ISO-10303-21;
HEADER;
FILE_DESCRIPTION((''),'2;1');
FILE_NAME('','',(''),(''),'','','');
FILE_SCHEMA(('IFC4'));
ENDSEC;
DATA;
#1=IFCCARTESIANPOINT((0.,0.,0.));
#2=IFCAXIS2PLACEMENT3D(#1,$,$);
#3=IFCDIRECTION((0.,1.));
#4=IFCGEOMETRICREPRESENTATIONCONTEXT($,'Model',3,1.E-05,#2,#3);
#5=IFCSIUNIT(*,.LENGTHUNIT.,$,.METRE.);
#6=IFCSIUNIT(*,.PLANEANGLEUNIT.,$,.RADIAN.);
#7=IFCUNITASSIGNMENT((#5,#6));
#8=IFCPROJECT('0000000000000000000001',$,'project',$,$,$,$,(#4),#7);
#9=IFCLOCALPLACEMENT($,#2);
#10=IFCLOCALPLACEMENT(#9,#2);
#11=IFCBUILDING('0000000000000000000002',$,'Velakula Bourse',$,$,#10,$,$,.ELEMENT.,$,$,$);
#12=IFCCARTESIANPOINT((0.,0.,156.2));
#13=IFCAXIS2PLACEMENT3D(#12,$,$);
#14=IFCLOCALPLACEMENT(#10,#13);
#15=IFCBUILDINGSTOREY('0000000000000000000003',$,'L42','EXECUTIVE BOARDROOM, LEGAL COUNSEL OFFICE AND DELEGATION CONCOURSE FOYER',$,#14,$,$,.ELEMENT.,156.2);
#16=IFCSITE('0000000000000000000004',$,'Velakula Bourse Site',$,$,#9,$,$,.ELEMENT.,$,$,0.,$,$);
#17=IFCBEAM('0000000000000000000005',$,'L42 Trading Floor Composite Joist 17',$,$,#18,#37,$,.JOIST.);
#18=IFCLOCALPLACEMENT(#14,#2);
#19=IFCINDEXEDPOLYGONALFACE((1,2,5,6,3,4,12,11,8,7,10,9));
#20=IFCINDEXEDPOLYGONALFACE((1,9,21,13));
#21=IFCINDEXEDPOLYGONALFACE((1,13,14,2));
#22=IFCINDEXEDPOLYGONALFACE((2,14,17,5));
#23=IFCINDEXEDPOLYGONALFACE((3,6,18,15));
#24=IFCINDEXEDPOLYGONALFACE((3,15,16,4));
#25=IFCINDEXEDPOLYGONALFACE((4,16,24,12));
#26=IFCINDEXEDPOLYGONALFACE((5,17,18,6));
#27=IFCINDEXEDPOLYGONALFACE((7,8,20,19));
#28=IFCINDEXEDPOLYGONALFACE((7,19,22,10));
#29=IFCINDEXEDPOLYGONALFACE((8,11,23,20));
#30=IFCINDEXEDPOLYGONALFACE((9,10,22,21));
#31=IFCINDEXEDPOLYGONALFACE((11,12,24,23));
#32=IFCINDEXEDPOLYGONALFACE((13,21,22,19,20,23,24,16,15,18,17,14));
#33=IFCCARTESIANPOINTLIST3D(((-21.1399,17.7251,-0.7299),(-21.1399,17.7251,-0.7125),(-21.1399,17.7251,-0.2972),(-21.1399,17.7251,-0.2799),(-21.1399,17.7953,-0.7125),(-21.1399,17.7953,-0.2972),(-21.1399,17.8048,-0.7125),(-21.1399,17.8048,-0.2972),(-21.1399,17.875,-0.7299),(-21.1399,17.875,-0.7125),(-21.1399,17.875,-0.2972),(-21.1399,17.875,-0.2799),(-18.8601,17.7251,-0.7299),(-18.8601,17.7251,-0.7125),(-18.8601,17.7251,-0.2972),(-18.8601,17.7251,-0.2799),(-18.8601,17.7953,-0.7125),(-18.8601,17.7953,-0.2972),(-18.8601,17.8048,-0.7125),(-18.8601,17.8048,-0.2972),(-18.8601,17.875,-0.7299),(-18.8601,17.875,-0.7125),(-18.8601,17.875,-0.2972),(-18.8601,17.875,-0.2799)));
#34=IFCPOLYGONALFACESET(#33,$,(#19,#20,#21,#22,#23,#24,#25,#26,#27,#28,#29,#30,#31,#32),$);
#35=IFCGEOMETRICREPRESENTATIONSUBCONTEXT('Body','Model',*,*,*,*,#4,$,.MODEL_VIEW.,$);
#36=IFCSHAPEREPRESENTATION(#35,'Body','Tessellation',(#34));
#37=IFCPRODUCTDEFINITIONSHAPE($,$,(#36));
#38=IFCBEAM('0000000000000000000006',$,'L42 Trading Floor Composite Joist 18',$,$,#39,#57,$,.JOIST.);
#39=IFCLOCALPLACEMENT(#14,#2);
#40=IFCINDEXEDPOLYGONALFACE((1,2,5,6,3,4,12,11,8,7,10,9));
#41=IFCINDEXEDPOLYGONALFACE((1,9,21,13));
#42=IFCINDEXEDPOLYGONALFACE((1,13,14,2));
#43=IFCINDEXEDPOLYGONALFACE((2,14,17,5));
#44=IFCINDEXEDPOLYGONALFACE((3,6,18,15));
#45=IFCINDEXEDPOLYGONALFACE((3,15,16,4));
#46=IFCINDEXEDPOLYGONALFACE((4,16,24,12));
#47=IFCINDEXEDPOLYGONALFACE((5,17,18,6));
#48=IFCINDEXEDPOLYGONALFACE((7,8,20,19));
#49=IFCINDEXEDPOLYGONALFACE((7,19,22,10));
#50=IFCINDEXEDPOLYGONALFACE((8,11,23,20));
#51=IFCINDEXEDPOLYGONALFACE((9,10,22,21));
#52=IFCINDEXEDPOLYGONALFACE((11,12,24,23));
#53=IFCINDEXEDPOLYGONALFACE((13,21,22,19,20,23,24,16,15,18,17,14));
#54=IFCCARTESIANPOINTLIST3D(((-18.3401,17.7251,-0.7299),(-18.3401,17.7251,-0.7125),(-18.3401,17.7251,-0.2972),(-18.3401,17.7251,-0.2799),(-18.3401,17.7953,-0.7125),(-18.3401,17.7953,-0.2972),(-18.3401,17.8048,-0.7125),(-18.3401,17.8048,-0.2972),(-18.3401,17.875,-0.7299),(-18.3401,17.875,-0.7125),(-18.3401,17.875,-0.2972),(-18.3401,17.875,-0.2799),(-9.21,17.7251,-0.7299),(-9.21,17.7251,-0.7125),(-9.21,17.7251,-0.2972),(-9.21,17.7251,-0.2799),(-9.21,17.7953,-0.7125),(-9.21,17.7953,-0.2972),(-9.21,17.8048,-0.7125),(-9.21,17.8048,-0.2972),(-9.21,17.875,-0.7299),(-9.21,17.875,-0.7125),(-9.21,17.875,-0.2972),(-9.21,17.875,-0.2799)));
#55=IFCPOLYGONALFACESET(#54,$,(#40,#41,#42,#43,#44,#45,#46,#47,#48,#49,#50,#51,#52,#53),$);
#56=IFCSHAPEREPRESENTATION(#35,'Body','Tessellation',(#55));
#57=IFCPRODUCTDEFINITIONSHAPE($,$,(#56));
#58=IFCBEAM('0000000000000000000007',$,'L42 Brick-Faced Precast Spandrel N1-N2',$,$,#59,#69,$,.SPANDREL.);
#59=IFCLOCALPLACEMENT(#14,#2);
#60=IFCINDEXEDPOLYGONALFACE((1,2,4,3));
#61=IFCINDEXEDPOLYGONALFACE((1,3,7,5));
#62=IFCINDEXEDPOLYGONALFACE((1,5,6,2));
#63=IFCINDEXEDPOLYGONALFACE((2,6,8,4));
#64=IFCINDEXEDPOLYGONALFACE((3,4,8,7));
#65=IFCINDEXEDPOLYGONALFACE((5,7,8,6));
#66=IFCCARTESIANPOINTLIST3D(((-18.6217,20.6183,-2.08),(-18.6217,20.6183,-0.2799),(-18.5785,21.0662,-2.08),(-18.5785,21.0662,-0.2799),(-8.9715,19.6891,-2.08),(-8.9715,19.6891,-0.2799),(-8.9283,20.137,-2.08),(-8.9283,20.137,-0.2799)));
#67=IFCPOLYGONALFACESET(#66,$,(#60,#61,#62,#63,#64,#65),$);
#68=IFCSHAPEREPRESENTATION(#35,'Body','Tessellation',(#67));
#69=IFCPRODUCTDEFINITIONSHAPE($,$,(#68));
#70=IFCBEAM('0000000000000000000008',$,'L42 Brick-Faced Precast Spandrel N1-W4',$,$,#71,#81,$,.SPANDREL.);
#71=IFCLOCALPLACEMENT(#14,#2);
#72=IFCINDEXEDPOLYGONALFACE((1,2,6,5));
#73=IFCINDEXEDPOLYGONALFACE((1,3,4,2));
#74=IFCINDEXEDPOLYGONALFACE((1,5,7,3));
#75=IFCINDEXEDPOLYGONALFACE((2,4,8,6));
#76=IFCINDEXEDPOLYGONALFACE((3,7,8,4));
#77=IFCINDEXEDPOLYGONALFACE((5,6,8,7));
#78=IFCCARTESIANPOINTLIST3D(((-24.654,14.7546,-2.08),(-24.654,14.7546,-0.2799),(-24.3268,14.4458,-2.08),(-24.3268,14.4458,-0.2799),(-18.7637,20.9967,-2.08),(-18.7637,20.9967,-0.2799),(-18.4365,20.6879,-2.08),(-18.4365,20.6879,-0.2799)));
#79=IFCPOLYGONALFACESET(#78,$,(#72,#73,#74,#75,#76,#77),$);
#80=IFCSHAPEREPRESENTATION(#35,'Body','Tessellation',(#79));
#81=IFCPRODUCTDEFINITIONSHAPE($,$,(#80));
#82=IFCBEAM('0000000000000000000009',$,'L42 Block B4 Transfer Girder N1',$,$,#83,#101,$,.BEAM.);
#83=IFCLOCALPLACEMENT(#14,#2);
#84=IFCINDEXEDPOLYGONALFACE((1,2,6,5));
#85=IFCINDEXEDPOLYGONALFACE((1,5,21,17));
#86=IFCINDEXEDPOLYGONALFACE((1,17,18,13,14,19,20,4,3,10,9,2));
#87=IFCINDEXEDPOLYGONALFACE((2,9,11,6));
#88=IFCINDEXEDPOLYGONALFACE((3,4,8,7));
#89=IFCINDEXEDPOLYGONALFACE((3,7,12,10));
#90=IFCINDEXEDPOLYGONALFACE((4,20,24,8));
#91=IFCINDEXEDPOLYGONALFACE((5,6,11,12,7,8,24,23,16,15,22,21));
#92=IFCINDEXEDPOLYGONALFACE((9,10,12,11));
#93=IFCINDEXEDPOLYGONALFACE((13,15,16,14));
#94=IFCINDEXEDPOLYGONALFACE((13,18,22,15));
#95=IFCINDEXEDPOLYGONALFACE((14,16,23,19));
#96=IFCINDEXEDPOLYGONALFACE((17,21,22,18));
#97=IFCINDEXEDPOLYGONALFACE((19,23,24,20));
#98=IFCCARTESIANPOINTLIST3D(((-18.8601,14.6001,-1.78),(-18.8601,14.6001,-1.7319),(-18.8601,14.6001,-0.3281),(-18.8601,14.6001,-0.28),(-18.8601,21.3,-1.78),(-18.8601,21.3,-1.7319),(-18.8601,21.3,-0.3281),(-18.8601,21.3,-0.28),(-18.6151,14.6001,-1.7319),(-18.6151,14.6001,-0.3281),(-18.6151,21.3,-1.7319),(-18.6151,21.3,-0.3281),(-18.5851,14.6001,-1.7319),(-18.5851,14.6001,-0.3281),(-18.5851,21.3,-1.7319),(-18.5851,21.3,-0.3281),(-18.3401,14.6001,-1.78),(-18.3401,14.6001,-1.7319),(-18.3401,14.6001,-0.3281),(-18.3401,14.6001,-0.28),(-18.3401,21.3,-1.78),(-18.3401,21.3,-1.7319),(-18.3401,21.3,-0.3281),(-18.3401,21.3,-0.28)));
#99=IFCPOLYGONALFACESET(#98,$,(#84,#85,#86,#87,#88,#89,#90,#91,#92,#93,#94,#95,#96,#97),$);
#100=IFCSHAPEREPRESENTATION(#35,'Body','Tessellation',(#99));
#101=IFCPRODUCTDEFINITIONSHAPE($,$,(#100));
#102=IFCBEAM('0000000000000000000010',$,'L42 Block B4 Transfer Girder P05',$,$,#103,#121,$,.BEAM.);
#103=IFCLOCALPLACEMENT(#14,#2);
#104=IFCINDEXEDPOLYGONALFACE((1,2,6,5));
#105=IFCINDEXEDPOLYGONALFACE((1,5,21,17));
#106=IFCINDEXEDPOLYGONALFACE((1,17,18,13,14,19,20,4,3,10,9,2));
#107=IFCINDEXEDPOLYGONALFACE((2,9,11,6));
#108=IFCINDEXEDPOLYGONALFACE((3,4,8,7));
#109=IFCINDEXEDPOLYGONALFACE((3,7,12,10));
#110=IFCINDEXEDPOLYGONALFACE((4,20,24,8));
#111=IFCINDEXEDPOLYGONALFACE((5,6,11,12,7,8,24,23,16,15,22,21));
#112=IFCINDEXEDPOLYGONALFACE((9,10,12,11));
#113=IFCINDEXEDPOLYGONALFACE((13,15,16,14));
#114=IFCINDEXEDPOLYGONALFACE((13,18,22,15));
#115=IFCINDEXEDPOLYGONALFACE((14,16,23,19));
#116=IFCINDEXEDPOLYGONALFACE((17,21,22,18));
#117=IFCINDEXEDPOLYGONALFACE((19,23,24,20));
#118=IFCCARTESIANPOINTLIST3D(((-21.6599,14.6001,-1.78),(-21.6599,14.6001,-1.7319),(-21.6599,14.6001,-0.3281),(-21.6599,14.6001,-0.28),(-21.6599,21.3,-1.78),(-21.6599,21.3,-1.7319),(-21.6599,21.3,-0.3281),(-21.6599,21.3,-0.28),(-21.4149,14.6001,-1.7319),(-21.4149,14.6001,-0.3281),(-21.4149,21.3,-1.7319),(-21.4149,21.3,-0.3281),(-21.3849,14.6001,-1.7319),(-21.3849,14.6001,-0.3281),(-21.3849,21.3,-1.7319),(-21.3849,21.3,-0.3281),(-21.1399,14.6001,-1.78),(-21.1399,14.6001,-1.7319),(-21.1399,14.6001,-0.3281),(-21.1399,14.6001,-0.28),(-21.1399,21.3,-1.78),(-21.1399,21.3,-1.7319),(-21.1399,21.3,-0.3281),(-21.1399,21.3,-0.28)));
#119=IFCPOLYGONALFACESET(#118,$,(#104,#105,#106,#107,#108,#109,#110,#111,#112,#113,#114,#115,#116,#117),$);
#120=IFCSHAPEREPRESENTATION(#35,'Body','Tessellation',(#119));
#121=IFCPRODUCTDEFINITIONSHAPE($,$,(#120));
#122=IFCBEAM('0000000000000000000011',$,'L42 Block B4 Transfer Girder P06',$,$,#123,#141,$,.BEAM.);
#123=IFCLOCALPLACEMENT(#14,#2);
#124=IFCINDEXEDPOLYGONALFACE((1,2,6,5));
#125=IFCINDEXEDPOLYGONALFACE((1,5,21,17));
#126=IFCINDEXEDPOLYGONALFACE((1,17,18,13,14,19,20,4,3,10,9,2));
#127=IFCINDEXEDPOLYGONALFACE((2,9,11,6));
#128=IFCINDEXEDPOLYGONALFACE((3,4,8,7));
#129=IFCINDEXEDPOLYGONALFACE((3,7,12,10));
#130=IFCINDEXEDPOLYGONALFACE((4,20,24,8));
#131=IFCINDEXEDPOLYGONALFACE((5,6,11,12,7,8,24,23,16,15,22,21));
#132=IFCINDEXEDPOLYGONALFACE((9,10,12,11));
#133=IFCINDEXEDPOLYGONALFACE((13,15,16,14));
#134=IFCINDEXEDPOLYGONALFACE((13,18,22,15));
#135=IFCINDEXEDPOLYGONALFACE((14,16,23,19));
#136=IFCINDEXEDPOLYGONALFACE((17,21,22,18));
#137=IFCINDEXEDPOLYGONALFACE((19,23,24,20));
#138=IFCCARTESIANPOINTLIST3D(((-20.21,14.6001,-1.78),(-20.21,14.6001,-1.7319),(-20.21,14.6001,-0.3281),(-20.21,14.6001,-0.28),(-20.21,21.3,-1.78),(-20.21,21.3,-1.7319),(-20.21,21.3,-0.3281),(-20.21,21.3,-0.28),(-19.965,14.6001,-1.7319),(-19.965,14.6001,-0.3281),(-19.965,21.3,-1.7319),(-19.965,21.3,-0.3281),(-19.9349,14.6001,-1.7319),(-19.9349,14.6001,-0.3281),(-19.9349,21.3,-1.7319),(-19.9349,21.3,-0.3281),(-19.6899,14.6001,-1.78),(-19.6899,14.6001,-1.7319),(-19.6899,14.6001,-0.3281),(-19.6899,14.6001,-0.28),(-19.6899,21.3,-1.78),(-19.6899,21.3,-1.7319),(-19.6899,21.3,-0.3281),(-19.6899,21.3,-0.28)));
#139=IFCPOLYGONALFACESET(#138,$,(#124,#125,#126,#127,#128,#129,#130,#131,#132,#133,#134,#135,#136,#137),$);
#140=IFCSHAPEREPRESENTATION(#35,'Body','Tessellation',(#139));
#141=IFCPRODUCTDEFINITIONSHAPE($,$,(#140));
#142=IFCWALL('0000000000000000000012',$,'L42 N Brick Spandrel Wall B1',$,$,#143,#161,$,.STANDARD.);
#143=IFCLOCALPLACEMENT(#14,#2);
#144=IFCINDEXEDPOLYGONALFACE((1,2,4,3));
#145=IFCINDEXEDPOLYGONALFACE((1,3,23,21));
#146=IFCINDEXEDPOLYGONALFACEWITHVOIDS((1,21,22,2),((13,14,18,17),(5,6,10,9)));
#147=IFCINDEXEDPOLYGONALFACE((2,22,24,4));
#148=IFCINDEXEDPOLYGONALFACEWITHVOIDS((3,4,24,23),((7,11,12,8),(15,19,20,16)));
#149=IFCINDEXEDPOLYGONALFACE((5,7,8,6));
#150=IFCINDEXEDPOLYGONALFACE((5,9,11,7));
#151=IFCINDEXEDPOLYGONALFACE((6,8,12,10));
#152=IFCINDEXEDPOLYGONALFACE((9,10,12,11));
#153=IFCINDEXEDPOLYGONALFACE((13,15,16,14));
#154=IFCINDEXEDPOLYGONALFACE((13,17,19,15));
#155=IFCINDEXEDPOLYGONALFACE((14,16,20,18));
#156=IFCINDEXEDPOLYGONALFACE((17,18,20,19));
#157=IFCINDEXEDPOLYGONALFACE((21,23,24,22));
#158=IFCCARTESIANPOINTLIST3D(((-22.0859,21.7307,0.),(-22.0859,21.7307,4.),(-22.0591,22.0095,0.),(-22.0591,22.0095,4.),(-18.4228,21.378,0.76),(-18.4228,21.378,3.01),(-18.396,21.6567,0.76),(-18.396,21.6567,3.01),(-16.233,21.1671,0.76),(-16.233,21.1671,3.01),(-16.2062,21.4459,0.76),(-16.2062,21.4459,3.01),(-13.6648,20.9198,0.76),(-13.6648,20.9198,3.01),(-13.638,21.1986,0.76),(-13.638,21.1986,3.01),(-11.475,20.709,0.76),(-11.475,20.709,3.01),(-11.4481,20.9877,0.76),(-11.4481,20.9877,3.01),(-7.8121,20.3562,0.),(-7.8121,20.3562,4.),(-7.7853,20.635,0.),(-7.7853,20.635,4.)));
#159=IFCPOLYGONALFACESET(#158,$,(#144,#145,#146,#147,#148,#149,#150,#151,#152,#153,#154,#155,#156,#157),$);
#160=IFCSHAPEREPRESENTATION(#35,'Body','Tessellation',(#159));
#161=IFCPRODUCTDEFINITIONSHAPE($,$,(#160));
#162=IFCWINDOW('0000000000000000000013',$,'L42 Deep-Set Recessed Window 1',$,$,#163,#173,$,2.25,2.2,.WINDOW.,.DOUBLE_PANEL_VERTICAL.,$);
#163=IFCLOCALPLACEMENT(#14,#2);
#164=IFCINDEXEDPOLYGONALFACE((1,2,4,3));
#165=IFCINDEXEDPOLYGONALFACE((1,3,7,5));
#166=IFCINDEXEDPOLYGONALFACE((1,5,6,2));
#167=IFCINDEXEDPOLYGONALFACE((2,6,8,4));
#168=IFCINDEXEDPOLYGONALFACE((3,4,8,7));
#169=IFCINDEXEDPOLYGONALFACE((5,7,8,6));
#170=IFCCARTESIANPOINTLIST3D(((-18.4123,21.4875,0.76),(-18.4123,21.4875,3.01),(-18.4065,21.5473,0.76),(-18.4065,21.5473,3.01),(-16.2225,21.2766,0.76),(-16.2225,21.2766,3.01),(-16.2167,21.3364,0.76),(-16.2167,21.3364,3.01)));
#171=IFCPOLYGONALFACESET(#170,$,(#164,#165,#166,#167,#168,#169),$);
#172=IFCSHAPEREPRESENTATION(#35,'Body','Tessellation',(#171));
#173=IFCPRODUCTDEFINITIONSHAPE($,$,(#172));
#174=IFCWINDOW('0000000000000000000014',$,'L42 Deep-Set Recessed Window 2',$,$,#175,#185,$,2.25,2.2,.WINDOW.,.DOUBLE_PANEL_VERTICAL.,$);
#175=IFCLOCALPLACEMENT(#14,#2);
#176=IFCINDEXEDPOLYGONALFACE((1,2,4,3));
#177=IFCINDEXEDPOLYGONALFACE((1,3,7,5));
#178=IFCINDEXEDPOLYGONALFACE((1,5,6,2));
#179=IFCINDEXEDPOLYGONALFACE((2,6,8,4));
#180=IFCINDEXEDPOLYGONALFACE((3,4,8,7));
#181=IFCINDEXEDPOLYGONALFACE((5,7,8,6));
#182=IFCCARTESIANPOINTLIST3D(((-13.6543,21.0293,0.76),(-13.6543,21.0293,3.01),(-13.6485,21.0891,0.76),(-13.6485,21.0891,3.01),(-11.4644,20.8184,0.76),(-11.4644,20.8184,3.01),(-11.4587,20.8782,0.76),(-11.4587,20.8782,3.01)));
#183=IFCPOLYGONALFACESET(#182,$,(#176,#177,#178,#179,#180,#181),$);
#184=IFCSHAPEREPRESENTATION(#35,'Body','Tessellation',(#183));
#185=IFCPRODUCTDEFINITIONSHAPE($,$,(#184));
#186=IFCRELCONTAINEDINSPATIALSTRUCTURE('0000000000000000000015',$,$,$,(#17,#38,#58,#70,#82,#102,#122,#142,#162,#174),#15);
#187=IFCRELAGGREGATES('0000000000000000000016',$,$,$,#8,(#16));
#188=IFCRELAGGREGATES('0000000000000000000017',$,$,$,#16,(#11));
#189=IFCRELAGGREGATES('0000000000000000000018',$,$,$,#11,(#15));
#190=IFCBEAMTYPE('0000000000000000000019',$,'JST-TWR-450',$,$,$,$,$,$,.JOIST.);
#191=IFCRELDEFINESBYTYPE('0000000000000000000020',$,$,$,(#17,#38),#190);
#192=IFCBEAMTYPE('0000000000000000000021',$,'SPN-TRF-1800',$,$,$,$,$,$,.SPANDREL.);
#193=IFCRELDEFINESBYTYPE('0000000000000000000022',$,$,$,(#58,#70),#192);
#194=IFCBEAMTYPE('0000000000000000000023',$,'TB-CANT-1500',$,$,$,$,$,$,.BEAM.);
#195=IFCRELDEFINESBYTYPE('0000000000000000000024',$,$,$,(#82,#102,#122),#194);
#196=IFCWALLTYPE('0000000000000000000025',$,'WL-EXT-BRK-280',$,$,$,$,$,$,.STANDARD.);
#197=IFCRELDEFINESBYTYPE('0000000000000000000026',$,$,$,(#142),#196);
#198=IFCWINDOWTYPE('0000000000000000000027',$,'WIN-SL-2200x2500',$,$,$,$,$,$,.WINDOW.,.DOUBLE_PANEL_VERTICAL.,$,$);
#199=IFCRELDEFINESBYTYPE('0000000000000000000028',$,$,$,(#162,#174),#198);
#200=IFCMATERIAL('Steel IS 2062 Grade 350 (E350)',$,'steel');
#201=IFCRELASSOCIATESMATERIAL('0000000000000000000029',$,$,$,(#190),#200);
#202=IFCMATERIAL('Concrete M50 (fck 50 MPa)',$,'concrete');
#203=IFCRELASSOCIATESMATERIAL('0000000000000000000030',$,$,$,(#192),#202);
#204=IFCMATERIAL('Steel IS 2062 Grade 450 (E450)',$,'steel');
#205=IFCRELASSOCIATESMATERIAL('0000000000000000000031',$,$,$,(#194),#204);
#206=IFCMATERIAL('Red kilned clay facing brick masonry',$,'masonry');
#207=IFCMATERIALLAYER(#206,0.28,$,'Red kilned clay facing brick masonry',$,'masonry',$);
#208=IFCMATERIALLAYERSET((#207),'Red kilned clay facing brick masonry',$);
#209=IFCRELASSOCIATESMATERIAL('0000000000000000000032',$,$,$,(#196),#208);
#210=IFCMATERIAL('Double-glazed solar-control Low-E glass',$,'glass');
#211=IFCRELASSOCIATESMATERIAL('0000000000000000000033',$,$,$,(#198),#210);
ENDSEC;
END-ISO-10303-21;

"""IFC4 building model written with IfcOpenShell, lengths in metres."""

from ifc_helpers import new_model, si_unit, direction, frame, frame_2d, origin, origin_2d, place, context, subcontext, project, spatial, rectangle, i_section, extrude, material, layer, layer_set, material_profile, profile_set, type_object, element, fill, save


model = new_model("IFC4")

# Units and contexts
model_context = context("Model", 3, precision=1e-05, world=origin(), true_north=direction((0.0, 1.0)))
body_context = subcontext(model_context, "Body", "Model", "MODEL_VIEW")
ifc_project = project(units=[si_unit("LENGTHUNIT", "METRE"), si_unit("PLANEANGLEUNIT", "RADIAN")], contexts=[model_context])

# Site, building, storey
site_placement = place(None, origin())
site = spatial("IfcSite", under=ifc_project, at=site_placement, Name="Velakula Bourse Site", CompositionType="ELEMENT", RefElevation=0.0)
building_placement = place(site_placement, origin())
building = spatial("IfcBuilding", under=site, at=building_placement, Name="Velakula Bourse", CompositionType="ELEMENT")
storey_placement = place(building_placement, frame((0.0, 0.0, 156.2)))
storey = spatial("IfcBuildingStorey", under=building, at=storey_placement, Name="L42", Description="EXECUTIVE BOARDROOM, LEGAL COUNSEL OFFICE AND DELEGATION CONCOURSE FOYER", CompositionType="ELEMENT", Elevation=156.2)

# Shared definitions
ifc_material_1 = material(Name="Steel IS 2062 Grade 350 (E350)", Category="steel")

# Beams
ifc_material_profile_1 = material_profile(ifc_material_1, i_section(OverallWidth=0.1499, OverallDepth=0.45, WebThickness=0.0095, FlangeThickness=0.0173, at=origin_2d()), Name="Steel IS 2062 Grade 350 (E350)")
ifc_profile_set_1 = profile_set([ifc_material_profile_1], Name="Steel IS 2062 Grade 350 (E350)")
beam_type_1 = type_object("IfcBeamType", Name="JST-TWR-450", PredefinedType="JOIST", material=ifc_profile_set_1)
beam_1_placement = place(storey_placement, frame((-21.1399, 17.8, -0.5049), z_axis=(1.0, 0.0, 0.0), x_axis=(0.0, 1.0, 0.0)))
element("IfcBeam", 1, at=beam_1_placement, inside=storey, type_object=beam_type_1, Name="L42 Trading Floor Composite Joist 17", PredefinedType="JOIST", context=body_context, shape_type="SweptSolid", body=[
    extrude(i_section(OverallWidth=0.1499, OverallDepth=0.45, WebThickness=0.0095, FlangeThickness=0.0173, at=origin_2d()), origin(), (0.0, 0.0, 1.0), 2.2798),
])
beam_2_placement = place(storey_placement, frame((-18.3401, 17.8, -0.5049), z_axis=(1.0, 0.0, 0.0), x_axis=(0.0, 1.0, 0.0)))
element("IfcBeam", 2, at=beam_2_placement, inside=storey, type_object=beam_type_1, Name="L42 Trading Floor Composite Joist 18", PredefinedType="JOIST", context=body_context, shape_type="SweptSolid", body=[
    extrude(i_section(OverallWidth=0.1499, OverallDepth=0.45, WebThickness=0.0095, FlangeThickness=0.0173, at=origin_2d()), origin(), (0.0, 0.0, 1.0), 9.1301),
])
ifc_material_2 = material(Name="Concrete M50 (fck 50 MPa)", Category="concrete")
ifc_material_profile_2 = material_profile(ifc_material_2, rectangle(XDim=0.45, YDim=1.8, at=origin_2d()), Name="Concrete M50 (fck 50 MPa)")
ifc_profile_set_2 = profile_set([ifc_material_profile_2], Name="Concrete M50 (fck 50 MPa)")
beam_type_2 = type_object("IfcBeamType", Name="SPN-TRF-1800", PredefinedType="SPANDREL", material=ifc_profile_set_2)
beam_3_placement = place(storey_placement, frame((-18.6001, 20.8423, -1.1799), z_axis=(0.995396, -0.095845, 0.0), x_axis=(0.095845, 0.995396, 0.0)))
element("IfcBeam", 3, at=beam_3_placement, inside=storey, type_object=beam_type_2, Name="L42 Brick-Faced Precast Spandrel N1-N2", PredefinedType="SPANDREL", context=body_context, shape_type="SweptSolid", body=[
    extrude(rectangle(XDim=0.45, YDim=1.8, at=origin_2d()), origin(), (0.0, 0.0, 1.0), 9.6948),
])
beam_4_placement = place(storey_placement, frame((-18.6001, 20.8423, -1.1799), z_axis=(-0.686314, -0.727305, 0.0), x_axis=(0.727305, -0.686314, 0.0)))
element("IfcBeam", 4, at=beam_4_placement, inside=storey, type_object=beam_type_2, Name="L42 Brick-Faced Precast Spandrel N1-W4", PredefinedType="SPANDREL", context=body_context, shape_type="SweptSolid", body=[
    extrude(rectangle(XDim=0.45, YDim=1.8, at=origin_2d()), origin(), (0.0, 0.0, 1.0), 8.5825),
])
ifc_material_3 = material(Name="Steel IS 2062 Grade 450 (E450)", Category="steel")
ifc_material_profile_3 = material_profile(ifc_material_3, i_section(OverallWidth=0.52, OverallDepth=1.5, WebThickness=0.03, FlangeThickness=0.0481, at=origin_2d()), Name="Steel IS 2062 Grade 450 (E450)")
ifc_profile_set_3 = profile_set([ifc_material_profile_3], Name="Steel IS 2062 Grade 450 (E450)")
beam_type_3 = type_object("IfcBeamType", Name="TB-CANT-1500", PredefinedType="BEAM", material=ifc_profile_set_3)
for number, where, z_axis, x_axis, name in (
    (5, (-18.6001, 14.6001, -1.03), (0.0, 1.0, 0.0), (-1.0, 0.0, 0.0), "L42 Block B4 Transfer Girder N1"),
    (6, (-21.3999, 14.6001, -1.03), (0.0, 1.0, 0.0), (-1.0, 0.0, 0.0), "L42 Block B4 Transfer Girder P05"),
    (7, (-19.95, 14.6001, -1.03), (0.0, 1.0, 0.0), (-1.0, 0.0, 0.0), "L42 Block B4 Transfer Girder P06"),
):
    element("IfcBeam", number, at=place(storey_placement, frame(where, z_axis=z_axis, x_axis=x_axis)), inside=storey, type_object=beam_type_3, Name=name, PredefinedType="BEAM", context=body_context, shape_type="SweptSolid", body=[
        extrude(i_section(OverallWidth=0.52, OverallDepth=1.5, WebThickness=0.03, FlangeThickness=0.0481, at=origin_2d()), origin(), (0.0, 0.0, 1.0), 6.7),
    ])

# Wall, openings, windows
ifc_material_4 = material(Name="Red kilned clay facing brick masonry", Category="masonry")
ifc_layer = layer(ifc_material_4, 0.28, Name="Red kilned clay facing brick masonry", Category="masonry")
ifc_layer_set = layer_set([ifc_layer], Name="Red kilned clay facing brick masonry")
wall_type = type_object("IfcWallType", Name="WL-EXT-BRK-280", PredefinedType="STANDARD", material=ifc_layer_set)
wall_placement = place(storey_placement, frame((-22.0725, 21.8701, 0.0), z_axis=(0.0, 0.0, 1.0), x_axis=(0.995396, -0.095852, 0.0)))
wall = element("IfcWall", 8, at=wall_placement, inside=storey, type_object=wall_type, Name="L42 N Brick Spandrel Wall B1", PredefinedType="STANDARD", context=body_context, shape_type="SweptSolid", body=[
    extrude(rectangle(XDim=14.3398, YDim=0.28, at=frame_2d((7.1699, 0.0))), origin(), (0.0, 0.0, 1.0), 4.0),
])
opening_1_placement = place(wall_placement, frame((3.6799, 0.0, 0.76)))
opening_1 = element("IfcOpeningElement", 9, at=opening_1_placement, cuts=wall, PredefinedType="OPENING", context=body_context, shape_type="SweptSolid", body=[
    extrude(rectangle(XDim=2.2, YDim=2.25, at=frame_2d((1.1001, 1.125))), frame((0.0, 0.1499, 0.0), z_axis=(0.0, -1.0, 0.0), x_axis=(1.0, 0.0, 0.0)), (0.0, 0.0, 1.0), 0.3),
])
opening_2_placement = place(wall_placement, frame((8.46, 0.0, 0.76)))
opening_2 = element("IfcOpeningElement", 10, at=opening_2_placement, cuts=wall, PredefinedType="OPENING", context=body_context, shape_type="SweptSolid", body=[
    extrude(rectangle(XDim=2.2, YDim=2.25, at=frame_2d((1.1001, 1.125))), frame((0.0, 0.1499, 0.0), z_axis=(0.0, -1.0, 0.0), x_axis=(1.0, 0.0, 0.0)), (0.0, 0.0, 1.0), 0.3),
])
ifc_material_5 = material(Name="Double-glazed solar-control Low-E glass", Category="glass")
window_type = type_object("IfcWindowType", Name="WIN-SL-2200x2500", PartitioningType="DOUBLE_PANEL_VERTICAL", PredefinedType="WINDOW", material=ifc_material_5)
window_1_placement = place(opening_1_placement, origin())
window_1 = element("IfcWindow", 11, at=window_1_placement, inside=storey, type_object=window_type, Name="L42 Deep-Set Recessed Window 1", OverallHeight=2.25, OverallWidth=2.2, PartitioningType="DOUBLE_PANEL_VERTICAL", PredefinedType="WINDOW", context=body_context, shape_type="SweptSolid", body=[
    extrude(rectangle(XDim=2.2, YDim=2.25, at=frame_2d((1.1001, 1.125))), frame((0.0, 0.03, 0.0), z_axis=(0.0, -1.0, 0.0), x_axis=(1.0, 0.0, 0.0)), (0.0, 0.0, 1.0), 0.0601),
])
fill(opening_1, window_1)
window_2_placement = place(opening_2_placement, origin())
window_2 = element("IfcWindow", 12, at=window_2_placement, inside=storey, type_object=window_type, Name="L42 Deep-Set Recessed Window 2", OverallHeight=2.25, OverallWidth=2.2, PartitioningType="DOUBLE_PANEL_VERTICAL", PredefinedType="WINDOW", context=body_context, shape_type="SweptSolid", body=[
    extrude(rectangle(XDim=2.2, YDim=2.25, at=frame_2d((1.1001, 1.125))), frame((0.0, 0.03, 0.0), z_axis=(0.0, -1.0, 0.0), x_axis=(1.0, 0.0, 0.0)), (0.0, 0.0, 1.0), 0.0601),
])
fill(opening_2, window_2)

save(model, "model.ifc")
